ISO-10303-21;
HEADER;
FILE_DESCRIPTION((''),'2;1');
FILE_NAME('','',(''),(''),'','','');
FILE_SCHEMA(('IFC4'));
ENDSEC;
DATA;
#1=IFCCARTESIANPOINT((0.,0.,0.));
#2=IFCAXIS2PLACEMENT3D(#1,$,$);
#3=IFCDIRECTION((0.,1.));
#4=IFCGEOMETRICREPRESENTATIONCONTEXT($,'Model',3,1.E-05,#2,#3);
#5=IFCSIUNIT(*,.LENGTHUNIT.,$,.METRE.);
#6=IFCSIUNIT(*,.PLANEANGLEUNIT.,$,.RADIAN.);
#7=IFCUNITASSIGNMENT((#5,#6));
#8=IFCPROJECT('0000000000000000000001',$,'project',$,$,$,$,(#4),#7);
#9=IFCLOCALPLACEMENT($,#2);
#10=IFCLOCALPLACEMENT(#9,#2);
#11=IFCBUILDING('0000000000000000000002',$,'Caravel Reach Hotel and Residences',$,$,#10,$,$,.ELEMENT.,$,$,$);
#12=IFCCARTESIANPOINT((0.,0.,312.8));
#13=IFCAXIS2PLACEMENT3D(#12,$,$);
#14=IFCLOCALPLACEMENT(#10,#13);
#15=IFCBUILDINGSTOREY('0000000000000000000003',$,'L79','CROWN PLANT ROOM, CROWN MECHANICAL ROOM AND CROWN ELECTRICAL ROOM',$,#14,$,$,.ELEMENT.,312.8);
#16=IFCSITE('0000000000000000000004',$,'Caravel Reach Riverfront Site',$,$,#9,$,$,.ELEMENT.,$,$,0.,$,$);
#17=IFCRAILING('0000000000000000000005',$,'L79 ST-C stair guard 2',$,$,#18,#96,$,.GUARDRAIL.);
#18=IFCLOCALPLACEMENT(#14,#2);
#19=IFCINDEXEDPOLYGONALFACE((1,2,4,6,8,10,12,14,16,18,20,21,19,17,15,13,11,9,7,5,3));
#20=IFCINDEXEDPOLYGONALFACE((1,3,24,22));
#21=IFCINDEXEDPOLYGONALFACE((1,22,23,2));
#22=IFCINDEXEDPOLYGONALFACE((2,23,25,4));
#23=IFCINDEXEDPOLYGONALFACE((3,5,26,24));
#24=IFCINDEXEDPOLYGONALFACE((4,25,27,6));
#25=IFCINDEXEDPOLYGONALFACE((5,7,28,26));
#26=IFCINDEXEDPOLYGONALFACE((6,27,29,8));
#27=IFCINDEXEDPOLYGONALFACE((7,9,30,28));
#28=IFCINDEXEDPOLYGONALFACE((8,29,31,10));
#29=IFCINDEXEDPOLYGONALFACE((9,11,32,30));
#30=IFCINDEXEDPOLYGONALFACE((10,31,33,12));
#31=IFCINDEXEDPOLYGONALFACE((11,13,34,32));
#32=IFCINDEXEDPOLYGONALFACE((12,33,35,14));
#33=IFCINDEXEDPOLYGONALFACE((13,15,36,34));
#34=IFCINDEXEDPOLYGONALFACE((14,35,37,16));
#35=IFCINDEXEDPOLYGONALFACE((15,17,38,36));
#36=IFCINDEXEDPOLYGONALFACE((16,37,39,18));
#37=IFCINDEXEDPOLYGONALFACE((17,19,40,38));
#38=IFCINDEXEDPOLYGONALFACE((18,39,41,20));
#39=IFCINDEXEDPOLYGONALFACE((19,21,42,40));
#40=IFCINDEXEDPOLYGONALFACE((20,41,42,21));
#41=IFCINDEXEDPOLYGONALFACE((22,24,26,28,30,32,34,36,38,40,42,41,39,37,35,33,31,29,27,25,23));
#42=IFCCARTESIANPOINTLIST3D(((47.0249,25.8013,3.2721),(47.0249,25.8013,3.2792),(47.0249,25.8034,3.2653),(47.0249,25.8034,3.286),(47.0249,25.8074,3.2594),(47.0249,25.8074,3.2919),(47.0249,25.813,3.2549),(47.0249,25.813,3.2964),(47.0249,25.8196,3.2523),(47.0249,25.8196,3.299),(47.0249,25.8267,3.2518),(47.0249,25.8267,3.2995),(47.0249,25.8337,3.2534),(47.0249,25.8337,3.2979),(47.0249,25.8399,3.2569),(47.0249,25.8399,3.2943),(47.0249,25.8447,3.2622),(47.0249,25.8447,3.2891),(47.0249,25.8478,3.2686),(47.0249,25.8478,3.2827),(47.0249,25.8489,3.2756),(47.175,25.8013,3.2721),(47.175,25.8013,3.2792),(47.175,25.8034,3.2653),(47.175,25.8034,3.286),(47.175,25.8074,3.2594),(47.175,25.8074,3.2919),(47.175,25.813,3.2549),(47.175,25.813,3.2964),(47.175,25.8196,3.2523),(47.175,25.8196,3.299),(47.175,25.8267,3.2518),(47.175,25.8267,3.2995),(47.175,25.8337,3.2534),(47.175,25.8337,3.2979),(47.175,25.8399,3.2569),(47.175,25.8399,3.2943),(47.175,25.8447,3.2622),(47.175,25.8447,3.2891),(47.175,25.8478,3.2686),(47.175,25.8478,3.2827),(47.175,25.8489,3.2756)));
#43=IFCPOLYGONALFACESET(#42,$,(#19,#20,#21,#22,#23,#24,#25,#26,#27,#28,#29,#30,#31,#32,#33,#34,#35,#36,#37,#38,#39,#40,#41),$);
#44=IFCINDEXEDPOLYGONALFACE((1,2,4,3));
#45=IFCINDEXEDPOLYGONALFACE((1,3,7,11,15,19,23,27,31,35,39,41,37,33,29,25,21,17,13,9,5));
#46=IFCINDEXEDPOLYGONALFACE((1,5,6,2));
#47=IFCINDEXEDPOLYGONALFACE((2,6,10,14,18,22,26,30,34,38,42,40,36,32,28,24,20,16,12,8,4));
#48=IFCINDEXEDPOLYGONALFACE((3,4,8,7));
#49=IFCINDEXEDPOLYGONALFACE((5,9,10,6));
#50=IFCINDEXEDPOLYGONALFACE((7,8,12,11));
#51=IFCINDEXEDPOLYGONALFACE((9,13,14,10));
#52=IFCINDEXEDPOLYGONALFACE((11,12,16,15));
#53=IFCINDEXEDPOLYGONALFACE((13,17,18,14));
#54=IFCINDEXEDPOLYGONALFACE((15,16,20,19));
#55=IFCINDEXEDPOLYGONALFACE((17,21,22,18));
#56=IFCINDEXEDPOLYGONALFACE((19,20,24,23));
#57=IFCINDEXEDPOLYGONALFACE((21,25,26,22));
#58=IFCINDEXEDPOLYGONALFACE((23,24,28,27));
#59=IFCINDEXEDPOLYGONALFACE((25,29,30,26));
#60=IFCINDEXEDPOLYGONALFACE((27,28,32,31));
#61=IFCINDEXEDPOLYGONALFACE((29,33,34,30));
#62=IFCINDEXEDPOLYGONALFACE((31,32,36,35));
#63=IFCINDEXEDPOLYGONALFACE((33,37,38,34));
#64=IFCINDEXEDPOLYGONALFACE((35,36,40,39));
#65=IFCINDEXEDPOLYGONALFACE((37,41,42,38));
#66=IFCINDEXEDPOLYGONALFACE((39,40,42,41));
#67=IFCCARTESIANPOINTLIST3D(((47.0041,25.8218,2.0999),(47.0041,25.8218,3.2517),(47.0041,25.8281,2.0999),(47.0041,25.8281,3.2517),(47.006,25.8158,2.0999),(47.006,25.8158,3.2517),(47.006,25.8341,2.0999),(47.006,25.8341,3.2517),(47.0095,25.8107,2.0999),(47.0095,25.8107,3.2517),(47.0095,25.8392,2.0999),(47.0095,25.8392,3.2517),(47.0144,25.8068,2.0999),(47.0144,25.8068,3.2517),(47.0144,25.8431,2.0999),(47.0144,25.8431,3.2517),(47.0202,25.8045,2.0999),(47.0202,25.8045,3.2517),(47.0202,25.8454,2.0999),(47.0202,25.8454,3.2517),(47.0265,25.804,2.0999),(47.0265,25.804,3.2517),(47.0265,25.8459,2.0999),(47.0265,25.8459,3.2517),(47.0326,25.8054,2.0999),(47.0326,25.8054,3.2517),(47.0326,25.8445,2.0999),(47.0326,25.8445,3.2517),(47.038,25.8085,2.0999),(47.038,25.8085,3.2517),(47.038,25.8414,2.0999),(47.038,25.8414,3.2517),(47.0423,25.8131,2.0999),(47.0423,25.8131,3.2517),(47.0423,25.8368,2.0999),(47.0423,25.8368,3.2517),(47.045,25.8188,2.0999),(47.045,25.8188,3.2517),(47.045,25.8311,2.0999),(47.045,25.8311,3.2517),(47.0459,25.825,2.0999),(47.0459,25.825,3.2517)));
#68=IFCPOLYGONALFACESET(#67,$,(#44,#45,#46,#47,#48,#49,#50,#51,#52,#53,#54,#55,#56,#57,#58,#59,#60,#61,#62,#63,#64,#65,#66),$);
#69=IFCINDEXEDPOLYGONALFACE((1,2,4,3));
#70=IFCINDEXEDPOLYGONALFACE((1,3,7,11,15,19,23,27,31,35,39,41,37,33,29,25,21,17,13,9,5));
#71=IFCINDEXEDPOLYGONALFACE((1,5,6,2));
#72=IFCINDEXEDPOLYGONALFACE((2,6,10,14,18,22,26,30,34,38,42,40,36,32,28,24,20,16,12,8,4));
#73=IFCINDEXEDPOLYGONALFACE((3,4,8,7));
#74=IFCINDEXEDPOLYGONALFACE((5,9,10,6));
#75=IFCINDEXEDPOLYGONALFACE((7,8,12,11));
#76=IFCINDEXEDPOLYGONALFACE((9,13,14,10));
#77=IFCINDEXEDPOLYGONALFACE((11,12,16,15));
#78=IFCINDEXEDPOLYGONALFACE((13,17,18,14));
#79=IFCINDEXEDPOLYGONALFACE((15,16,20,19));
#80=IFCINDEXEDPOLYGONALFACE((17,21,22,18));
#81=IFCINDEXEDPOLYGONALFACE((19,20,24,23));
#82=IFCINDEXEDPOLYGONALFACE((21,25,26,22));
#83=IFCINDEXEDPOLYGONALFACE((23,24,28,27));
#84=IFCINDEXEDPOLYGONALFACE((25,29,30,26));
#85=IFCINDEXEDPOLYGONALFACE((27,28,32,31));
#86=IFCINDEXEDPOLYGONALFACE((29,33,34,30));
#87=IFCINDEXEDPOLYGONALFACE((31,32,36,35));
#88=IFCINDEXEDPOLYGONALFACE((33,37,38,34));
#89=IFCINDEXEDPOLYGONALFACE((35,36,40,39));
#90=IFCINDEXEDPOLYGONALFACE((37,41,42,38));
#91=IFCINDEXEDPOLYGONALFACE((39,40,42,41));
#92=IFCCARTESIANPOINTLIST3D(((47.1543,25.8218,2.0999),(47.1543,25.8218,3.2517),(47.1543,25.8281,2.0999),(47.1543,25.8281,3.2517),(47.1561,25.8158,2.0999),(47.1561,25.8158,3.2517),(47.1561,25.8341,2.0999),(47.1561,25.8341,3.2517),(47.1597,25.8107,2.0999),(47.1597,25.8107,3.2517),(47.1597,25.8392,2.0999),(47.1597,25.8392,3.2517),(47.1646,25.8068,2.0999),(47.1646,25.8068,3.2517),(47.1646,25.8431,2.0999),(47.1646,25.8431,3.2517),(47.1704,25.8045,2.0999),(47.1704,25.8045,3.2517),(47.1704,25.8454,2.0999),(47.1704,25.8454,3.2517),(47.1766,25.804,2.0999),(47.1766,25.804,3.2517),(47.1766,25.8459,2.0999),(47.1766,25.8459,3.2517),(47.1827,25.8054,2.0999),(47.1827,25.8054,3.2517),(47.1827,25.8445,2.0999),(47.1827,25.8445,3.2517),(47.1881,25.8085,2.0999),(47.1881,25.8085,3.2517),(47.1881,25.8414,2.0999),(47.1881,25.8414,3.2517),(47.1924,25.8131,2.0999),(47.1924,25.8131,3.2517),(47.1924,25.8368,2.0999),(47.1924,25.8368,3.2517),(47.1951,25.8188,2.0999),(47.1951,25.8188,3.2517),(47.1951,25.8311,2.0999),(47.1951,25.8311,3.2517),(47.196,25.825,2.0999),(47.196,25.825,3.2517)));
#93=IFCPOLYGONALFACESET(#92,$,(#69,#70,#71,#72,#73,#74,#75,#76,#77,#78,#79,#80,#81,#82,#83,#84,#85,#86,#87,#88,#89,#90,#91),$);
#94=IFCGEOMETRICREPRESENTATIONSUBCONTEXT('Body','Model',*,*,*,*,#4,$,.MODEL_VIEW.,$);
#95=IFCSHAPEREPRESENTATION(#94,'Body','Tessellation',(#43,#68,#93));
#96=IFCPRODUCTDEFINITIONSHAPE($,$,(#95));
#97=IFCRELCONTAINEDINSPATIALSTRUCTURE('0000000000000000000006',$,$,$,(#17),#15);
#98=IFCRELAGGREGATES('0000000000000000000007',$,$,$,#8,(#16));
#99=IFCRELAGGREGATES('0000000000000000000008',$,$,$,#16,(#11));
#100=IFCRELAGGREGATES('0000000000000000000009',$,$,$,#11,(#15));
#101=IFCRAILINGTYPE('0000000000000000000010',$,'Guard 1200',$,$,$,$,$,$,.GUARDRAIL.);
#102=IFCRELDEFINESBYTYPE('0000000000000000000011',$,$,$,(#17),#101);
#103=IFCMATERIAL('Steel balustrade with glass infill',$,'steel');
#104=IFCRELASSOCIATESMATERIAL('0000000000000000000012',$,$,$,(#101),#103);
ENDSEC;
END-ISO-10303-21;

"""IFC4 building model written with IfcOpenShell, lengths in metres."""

from ifc_helpers import new_model, si_unit, direction, frame, origin, origin_2d, place, context, subcontext, project, spatial, circle, extrude, material, type_object, element, save


model = new_model("IFC4")

# Units and contexts
model_context = context("Model", 3, precision=1e-05, world=origin(), true_north=direction((0.0, 1.0)))
body_context = subcontext(model_context, "Body", "Model", "MODEL_VIEW")
ifc_project = project(units=[si_unit("LENGTHUNIT", "METRE"), si_unit("PLANEANGLEUNIT", "RADIAN")], contexts=[model_context])

# Site, building, storey
site_placement = place(None, origin())
site = spatial("IfcSite", under=ifc_project, at=site_placement, Name="Caravel Reach Riverfront Site", CompositionType="ELEMENT", RefElevation=0.0)
building_placement = place(site_placement, origin())
building = spatial("IfcBuilding", under=site, at=building_placement, Name="Caravel Reach Hotel and Residences", CompositionType="ELEMENT")
storey_placement = place(building_placement, frame((0.0, 0.0, 312.8)))
storey = spatial("IfcBuildingStorey", under=building, at=storey_placement, Name="L79", Description="CROWN PLANT ROOM, CROWN MECHANICAL ROOM AND CROWN ELECTRICAL ROOM", CompositionType="ELEMENT", Elevation=312.8)

# Railing
ifc_material_1 = material(Name="Steel balustrade with glass infill", Category="steel")
railing_type_1 = type_object("IfcRailingType", Name="Guard 1200", PredefinedType="GUARDRAIL", material=ifc_material_1)
railing_1_placement = place(storey_placement, frame((47.0249, 25.825, 2.0999)))
element("IfcRailing", 1, at=railing_1_placement, inside=storey, type_object=railing_type_1, Name="L79 ST-C stair guard 2", PredefinedType="GUARDRAIL", context=body_context, shape_type="SweptSolid", body=[
    extrude(circle(Radius=0.0239, at=origin_2d()), frame((0.0, 0.0, 1.1758), z_axis=(1.0, 0.0, 0.0), x_axis=(0.0, 1.0, 0.0)), (0.0, 0.0, 1.0), 0.1501),
    extrude(circle(Radius=0.021, at=origin_2d()), origin(), (0.0, 0.0, 1.0), 1.1519),
    extrude(circle(Radius=0.021, at=origin_2d()), frame((0.1501, 0.0, 0.0)), (0.0, 0.0, 1.0), 1.1519),
])

save(model, "model.ifc")
